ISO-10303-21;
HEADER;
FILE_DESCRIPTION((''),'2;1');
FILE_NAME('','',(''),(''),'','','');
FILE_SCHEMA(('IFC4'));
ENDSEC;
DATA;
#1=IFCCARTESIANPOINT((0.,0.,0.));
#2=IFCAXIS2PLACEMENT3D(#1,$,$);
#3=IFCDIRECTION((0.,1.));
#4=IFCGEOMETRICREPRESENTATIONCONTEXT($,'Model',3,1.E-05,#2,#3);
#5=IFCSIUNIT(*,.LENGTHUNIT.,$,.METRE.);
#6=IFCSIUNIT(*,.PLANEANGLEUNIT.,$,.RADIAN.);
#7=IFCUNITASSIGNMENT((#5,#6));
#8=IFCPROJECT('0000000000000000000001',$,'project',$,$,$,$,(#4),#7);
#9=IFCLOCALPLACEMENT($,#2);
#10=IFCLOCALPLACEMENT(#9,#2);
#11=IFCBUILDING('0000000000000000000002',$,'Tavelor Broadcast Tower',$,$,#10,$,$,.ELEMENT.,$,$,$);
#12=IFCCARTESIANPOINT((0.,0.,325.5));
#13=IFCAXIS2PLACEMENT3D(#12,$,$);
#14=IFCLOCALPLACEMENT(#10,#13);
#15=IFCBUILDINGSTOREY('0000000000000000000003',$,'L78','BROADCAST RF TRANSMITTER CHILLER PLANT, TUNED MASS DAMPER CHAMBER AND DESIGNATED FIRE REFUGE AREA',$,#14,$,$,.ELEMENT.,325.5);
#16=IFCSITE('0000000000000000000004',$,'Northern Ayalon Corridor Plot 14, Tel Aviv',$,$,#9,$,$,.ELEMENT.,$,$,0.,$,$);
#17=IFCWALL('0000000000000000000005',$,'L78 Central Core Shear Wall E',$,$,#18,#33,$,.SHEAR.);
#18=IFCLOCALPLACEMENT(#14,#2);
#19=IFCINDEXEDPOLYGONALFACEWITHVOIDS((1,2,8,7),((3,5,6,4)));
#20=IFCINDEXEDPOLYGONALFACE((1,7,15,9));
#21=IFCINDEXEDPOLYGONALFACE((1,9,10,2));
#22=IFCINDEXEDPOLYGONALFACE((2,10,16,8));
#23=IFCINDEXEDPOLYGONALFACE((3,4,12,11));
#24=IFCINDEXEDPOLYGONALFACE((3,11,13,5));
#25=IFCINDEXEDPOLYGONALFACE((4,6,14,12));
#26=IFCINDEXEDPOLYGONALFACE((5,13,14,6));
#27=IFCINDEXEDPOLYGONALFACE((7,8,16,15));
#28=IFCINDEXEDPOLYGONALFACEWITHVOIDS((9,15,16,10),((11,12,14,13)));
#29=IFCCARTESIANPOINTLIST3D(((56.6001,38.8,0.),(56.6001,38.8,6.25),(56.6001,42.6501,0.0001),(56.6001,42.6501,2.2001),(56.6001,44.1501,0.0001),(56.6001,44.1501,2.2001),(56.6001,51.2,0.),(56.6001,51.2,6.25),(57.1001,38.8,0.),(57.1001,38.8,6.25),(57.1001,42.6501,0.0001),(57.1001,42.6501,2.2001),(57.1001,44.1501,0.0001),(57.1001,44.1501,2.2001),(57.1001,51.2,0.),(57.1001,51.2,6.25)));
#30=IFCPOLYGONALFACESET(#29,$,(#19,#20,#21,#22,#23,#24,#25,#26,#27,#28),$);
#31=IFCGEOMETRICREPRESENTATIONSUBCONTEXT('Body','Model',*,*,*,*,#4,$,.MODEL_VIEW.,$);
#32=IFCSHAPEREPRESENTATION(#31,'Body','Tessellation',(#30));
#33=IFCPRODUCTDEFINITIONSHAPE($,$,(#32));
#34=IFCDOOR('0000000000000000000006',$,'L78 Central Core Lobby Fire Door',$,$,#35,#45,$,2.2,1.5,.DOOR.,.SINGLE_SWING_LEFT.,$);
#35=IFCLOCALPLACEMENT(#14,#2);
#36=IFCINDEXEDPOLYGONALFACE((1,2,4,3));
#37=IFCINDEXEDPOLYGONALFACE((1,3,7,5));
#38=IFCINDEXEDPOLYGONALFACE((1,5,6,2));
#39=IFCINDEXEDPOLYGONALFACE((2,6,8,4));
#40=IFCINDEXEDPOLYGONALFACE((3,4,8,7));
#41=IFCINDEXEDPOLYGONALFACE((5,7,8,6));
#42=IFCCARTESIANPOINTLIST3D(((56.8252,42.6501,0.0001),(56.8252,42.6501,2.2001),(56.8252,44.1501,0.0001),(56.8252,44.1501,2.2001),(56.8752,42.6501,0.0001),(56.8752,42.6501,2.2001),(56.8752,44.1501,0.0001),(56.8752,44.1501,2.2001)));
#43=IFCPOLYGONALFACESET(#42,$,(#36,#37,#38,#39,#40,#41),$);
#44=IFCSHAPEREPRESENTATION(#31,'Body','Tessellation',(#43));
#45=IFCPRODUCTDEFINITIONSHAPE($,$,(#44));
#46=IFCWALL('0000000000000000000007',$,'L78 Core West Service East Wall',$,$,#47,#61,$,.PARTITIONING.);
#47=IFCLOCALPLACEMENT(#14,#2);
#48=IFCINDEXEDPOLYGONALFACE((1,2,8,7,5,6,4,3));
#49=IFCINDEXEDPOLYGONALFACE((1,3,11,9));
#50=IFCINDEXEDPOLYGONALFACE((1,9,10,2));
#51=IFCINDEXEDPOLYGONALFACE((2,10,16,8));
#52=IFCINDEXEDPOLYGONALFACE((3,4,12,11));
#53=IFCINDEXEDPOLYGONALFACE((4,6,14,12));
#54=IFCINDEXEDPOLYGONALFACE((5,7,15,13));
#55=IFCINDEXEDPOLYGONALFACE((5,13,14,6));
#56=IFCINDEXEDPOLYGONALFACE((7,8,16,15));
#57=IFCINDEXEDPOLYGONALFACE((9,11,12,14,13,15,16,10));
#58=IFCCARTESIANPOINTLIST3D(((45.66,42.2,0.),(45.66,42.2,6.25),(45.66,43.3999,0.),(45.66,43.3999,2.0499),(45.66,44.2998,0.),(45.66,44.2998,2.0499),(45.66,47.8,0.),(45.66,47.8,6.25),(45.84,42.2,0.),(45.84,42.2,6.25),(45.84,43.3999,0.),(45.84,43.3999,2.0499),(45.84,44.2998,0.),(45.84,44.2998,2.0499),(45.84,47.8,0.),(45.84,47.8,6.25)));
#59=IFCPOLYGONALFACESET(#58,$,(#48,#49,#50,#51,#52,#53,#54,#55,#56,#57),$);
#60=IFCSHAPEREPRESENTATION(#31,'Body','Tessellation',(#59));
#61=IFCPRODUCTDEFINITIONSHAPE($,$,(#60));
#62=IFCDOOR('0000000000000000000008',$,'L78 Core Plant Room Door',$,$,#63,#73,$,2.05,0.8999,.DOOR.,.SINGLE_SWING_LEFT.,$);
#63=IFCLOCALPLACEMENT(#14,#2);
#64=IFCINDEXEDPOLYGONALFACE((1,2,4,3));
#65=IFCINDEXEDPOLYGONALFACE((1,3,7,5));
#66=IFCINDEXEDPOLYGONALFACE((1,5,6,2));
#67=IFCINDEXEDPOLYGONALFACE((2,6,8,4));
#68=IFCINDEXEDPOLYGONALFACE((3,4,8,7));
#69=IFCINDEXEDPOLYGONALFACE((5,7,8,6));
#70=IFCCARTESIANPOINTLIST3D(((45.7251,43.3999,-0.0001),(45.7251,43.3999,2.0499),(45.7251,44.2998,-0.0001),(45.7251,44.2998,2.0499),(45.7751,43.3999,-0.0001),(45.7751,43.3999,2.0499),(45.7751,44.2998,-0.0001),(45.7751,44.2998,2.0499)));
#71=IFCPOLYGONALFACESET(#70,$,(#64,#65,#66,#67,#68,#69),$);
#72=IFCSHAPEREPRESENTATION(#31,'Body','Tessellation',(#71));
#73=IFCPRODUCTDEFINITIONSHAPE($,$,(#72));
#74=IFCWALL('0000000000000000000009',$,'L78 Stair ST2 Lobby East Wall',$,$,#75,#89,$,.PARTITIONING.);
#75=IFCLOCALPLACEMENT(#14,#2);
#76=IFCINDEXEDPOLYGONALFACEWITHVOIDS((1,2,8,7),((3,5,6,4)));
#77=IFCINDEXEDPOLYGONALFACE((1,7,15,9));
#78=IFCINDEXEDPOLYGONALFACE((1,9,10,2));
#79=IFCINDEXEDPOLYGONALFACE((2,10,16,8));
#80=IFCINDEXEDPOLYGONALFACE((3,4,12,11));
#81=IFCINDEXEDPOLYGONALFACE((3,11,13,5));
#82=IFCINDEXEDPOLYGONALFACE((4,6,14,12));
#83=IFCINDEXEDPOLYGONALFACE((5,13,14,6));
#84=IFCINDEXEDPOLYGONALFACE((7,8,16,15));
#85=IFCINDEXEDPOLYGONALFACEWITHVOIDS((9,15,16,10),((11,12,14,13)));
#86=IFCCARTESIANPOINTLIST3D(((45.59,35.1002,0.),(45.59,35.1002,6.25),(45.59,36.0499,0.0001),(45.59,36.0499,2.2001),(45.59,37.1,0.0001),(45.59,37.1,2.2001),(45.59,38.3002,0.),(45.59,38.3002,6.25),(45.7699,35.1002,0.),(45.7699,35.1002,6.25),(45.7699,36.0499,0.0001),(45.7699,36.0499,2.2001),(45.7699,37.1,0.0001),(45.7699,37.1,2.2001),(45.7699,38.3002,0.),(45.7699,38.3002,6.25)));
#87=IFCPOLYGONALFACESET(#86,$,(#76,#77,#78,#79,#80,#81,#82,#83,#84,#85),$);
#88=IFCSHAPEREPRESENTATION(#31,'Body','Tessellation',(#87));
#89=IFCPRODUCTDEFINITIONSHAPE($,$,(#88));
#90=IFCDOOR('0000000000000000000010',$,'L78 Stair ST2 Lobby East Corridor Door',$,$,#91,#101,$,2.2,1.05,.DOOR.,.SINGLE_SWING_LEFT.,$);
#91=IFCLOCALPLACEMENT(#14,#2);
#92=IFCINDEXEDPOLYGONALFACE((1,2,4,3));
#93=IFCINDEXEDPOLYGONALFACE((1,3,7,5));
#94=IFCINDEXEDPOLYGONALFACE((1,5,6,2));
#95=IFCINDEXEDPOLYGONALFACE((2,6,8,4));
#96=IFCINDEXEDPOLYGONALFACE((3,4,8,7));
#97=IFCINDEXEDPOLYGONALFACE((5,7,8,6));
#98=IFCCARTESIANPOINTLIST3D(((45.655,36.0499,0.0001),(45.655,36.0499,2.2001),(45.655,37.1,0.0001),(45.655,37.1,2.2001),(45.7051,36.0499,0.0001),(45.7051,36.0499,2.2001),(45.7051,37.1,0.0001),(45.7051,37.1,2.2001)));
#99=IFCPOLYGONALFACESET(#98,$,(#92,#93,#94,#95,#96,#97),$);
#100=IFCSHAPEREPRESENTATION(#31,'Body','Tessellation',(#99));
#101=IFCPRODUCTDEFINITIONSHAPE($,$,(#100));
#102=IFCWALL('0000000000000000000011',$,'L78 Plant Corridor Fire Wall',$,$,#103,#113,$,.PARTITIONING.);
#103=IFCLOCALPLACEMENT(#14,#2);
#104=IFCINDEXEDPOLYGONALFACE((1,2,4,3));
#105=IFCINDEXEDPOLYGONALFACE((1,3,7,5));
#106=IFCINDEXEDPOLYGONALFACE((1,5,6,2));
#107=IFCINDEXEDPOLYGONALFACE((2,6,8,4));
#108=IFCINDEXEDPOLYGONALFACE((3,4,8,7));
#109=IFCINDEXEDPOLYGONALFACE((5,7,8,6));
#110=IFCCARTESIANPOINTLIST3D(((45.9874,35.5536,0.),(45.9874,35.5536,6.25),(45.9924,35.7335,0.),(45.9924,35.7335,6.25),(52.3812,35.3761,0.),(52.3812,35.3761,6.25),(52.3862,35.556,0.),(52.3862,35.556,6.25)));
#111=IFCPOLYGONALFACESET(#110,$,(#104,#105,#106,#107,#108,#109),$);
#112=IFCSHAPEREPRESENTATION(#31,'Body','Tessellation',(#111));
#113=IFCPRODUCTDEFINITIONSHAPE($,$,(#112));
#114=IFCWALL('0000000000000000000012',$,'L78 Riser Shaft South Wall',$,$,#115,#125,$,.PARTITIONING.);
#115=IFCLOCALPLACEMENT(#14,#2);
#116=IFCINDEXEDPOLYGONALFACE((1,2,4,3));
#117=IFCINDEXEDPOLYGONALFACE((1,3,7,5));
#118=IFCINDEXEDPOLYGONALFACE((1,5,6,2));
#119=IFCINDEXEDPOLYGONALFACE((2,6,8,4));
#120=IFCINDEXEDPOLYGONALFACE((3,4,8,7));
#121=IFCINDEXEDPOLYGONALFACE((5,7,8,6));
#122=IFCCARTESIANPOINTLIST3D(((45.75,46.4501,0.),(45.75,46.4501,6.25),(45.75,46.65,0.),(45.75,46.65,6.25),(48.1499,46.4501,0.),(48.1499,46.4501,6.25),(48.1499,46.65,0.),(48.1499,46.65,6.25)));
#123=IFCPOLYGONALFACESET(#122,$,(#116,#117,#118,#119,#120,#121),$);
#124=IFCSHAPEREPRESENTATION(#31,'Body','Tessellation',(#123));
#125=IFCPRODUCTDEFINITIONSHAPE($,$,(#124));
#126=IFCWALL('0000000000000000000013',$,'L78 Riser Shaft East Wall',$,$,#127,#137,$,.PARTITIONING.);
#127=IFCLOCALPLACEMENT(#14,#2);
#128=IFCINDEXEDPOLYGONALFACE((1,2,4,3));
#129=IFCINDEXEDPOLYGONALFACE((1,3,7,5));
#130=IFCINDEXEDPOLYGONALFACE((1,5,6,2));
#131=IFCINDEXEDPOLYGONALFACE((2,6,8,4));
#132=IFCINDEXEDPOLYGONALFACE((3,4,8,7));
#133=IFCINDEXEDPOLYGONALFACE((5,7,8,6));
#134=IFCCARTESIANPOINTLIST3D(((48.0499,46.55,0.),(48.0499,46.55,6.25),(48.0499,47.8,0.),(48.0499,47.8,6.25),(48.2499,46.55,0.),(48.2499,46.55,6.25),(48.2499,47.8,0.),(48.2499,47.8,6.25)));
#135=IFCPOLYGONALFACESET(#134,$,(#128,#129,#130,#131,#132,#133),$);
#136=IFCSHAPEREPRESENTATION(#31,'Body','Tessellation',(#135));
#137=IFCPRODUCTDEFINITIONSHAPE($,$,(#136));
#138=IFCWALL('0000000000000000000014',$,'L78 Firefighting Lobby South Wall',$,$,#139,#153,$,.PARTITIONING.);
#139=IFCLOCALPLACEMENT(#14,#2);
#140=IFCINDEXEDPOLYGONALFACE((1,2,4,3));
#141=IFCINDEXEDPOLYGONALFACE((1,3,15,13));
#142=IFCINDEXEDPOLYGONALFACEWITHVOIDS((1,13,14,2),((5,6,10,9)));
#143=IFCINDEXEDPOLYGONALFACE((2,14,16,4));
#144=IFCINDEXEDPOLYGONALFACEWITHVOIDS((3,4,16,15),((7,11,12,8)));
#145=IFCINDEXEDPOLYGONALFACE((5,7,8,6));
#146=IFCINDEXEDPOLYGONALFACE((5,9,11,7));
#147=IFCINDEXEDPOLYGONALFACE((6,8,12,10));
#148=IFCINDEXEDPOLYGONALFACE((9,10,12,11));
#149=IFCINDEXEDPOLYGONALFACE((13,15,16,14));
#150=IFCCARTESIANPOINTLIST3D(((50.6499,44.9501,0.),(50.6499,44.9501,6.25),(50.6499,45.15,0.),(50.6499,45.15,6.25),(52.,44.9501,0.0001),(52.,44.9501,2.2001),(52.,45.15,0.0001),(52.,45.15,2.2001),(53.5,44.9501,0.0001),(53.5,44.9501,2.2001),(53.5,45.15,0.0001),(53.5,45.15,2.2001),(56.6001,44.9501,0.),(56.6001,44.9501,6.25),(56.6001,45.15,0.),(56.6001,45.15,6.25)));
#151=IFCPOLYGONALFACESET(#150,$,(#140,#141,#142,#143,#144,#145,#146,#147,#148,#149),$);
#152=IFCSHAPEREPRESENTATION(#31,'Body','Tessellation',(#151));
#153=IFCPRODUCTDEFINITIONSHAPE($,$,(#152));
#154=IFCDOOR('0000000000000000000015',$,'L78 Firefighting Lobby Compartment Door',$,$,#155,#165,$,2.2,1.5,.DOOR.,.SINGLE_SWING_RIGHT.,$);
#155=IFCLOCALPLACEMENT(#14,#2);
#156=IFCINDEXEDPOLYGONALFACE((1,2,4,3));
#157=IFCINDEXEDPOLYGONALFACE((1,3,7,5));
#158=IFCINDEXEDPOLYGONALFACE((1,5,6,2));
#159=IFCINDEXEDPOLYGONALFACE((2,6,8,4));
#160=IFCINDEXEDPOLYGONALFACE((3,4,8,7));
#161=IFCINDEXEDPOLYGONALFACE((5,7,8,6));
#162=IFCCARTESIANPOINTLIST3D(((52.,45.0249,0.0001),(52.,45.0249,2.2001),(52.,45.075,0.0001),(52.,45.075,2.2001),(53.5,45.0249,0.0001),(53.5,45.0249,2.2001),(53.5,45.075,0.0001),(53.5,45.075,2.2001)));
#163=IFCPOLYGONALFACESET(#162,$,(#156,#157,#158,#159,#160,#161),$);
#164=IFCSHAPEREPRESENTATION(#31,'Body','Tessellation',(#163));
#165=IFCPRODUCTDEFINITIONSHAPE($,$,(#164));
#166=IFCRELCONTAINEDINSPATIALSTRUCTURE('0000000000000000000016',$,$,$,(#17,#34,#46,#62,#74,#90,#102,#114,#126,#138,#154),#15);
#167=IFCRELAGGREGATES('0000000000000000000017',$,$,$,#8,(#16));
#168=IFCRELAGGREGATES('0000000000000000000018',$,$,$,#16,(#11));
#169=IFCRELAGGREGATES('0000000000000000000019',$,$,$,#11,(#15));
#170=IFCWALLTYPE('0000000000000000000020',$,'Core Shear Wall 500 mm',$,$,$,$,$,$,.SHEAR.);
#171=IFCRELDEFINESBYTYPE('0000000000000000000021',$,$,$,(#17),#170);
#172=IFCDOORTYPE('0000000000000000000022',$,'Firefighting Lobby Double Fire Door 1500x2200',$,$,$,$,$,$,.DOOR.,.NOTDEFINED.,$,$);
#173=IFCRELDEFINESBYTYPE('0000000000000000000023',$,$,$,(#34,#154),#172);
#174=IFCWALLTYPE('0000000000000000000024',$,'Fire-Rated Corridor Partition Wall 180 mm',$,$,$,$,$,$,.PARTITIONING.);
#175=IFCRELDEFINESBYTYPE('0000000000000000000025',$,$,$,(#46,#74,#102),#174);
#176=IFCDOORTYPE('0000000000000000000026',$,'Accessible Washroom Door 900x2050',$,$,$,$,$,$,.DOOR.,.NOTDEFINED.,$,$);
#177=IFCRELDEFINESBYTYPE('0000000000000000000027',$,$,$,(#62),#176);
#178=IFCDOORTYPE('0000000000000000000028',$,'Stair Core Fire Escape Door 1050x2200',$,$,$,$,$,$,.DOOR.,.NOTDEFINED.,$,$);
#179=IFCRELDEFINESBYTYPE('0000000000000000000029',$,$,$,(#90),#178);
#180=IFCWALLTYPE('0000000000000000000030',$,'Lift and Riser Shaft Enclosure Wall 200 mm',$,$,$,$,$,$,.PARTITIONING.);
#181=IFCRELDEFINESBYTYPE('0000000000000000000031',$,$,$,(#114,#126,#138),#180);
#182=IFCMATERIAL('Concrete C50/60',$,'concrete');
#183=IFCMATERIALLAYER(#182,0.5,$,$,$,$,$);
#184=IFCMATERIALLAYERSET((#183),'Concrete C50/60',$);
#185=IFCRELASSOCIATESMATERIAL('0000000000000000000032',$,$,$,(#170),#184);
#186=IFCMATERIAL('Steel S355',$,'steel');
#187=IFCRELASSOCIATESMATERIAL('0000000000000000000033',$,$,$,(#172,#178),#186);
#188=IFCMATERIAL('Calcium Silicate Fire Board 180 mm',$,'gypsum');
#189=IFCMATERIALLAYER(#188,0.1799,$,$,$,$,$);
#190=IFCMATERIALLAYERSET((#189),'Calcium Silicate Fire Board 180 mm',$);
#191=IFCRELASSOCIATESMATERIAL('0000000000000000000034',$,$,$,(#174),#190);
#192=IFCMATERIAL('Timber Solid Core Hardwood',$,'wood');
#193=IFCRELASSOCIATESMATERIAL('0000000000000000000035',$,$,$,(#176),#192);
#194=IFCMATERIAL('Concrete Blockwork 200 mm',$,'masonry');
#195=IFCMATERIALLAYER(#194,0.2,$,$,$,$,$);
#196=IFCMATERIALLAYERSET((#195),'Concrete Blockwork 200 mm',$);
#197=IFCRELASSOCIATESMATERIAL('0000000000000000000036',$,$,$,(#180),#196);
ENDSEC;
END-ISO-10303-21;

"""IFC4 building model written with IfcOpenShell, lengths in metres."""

from ifc_helpers import new_model, si_unit, direction, frame, frame_2d, origin, place, context, subcontext, project, spatial, rectangle, extrude, material, layer, layer_set, type_object, element, fill, save


model = new_model("IFC4")

# Units and contexts
model_context = context("Model", 3, precision=1e-05, world=origin(), true_north=direction((0.0, 1.0)))
body_context = subcontext(model_context, "Body", "Model", "MODEL_VIEW")
ifc_project = project(units=[si_unit("LENGTHUNIT", "METRE"), si_unit("PLANEANGLEUNIT", "RADIAN")], contexts=[model_context])

# Site, building, storey
site_placement = place(None, origin())
site = spatial("IfcSite", under=ifc_project, at=site_placement, Name="Northern Ayalon Corridor Plot 14, Tel Aviv", CompositionType="ELEMENT", RefElevation=0.0)
building_placement = place(site_placement, origin())
building = spatial("IfcBuilding", under=site, at=building_placement, Name="Tavelor Broadcast Tower", CompositionType="ELEMENT")
storey_placement = place(building_placement, frame((0.0, 0.0, 325.5)))
storey = spatial("IfcBuildingStorey", under=building, at=storey_placement, Name="L78", Description="BROADCAST RF TRANSMITTER CHILLER PLANT, TUNED MASS DAMPER CHAMBER AND DESIGNATED FIRE REFUGE AREA", CompositionType="ELEMENT", Elevation=325.5)

# Shared definitions
ifc_material_1 = material(Name="Concrete C50/60", Category="concrete")

# Walls, openings, doors
ifc_layer_1 = layer(ifc_material_1, 0.5)
ifc_layer_set_1 = layer_set([ifc_layer_1], Name="Concrete C50/60")
wall_type_1 = type_object("IfcWallType", Name="Core Shear Wall 500 mm", PredefinedType="SHEAR", material=ifc_layer_set_1)
wall_1_placement = place(storey_placement, frame((56.8501, 38.8, 0.0), z_axis=(0.0, 0.0, 1.0), x_axis=(0.0, 1.0, 0.0)))
wall_1 = element("IfcWall", 1, at=wall_1_placement, inside=storey, type_object=wall_type_1, Name="L78 Central Core Shear Wall E", PredefinedType="SHEAR", context=body_context, shape_type="SweptSolid", body=[
    extrude(rectangle(XDim=12.3999, YDim=0.5, at=frame_2d((6.2, 0.0))), origin(), (0.0, 0.0, 1.0), 6.25),
])
opening_1_placement = place(wall_1_placement, frame((3.8501, 0.0, 0.0)))
opening_1 = element("IfcOpeningElement", 2, at=opening_1_placement, cuts=wall_1, PredefinedType="OPENING", context=body_context, shape_type="SweptSolid", body=[
    extrude(rectangle(XDim=1.5, YDim=2.2, at=frame_2d((0.75, 1.1001))), frame((0.0, 0.26, 0.0), z_axis=(0.0, -1.0, 0.0), x_axis=(1.0, 0.0, 0.0)), (0.0, 0.0, 1.0), 0.52),
])
ifc_material_2 = material(Name="Steel S355", Category="steel")
door_type_1 = type_object("IfcDoorType", Name="Firefighting Lobby Double Fire Door 1500x2200", OperationType="NOTDEFINED", PredefinedType="DOOR", material=ifc_material_2)
door_1_placement = place(opening_1_placement, origin())
door_1 = element("IfcDoor", 3, at=door_1_placement, inside=storey, type_object=door_type_1, Name="L78 Central Core Lobby Fire Door", OperationType="SINGLE_SWING_LEFT", OverallHeight=2.2, OverallWidth=1.5, PredefinedType="DOOR", context=body_context, shape_type="SweptSolid", body=[
    extrude(rectangle(XDim=1.5, YDim=2.2, at=frame_2d((0.75, 1.1001))), frame((0.0, 0.0249, 0.0), z_axis=(0.0, -1.0, 0.0), x_axis=(1.0, 0.0, 0.0)), (0.0, 0.0, 1.0), 0.05),
])
fill(opening_1, door_1)
ifc_material_3 = material(Name="Calcium Silicate Fire Board 180 mm", Category="gypsum")
ifc_layer_2 = layer(ifc_material_3, 0.1799)
ifc_layer_set_2 = layer_set([ifc_layer_2], Name="Calcium Silicate Fire Board 180 mm")
wall_type_2 = type_object("IfcWallType", Name="Fire-Rated Corridor Partition Wall 180 mm", PredefinedType="PARTITIONING", material=ifc_layer_set_2)
wall_2_placement = place(storey_placement, frame((45.75, 42.2, 0.0), z_axis=(0.0, 0.0, 1.0), x_axis=(0.0, 1.0, 0.0)))
wall_2 = element("IfcWall", 4, at=wall_2_placement, inside=storey, type_object=wall_type_2, Name="L78 Core West Service East Wall", PredefinedType="PARTITIONING", context=body_context, shape_type="SweptSolid", body=[
    extrude(rectangle(XDim=5.6001, YDim=0.1799, at=frame_2d((2.8, 0.0))), origin(), (0.0, 0.0, 1.0), 6.25),
])
opening_2_placement = place(wall_2_placement, frame((1.2, 0.0, 0.0)))
opening_2 = element("IfcOpeningElement", 5, at=opening_2_placement, cuts=wall_2, PredefinedType="OPENING", context=body_context, shape_type="SweptSolid", body=[
    extrude(rectangle(XDim=0.8999, YDim=2.05, at=frame_2d((0.45, 1.0249))), frame((0.0, 0.1001, 0.0), z_axis=(0.0, -1.0, 0.0), x_axis=(1.0, 0.0, 0.0)), (0.0, 0.0, 1.0), 0.2),
])
ifc_material_4 = material(Name="Timber Solid Core Hardwood", Category="wood")
door_type_2 = type_object("IfcDoorType", Name="Accessible Washroom Door 900x2050", OperationType="NOTDEFINED", PredefinedType="DOOR", material=ifc_material_4)
door_2_placement = place(opening_2_placement, origin())
door_2 = element("IfcDoor", 6, at=door_2_placement, inside=storey, type_object=door_type_2, Name="L78 Core Plant Room Door", OperationType="SINGLE_SWING_LEFT", OverallHeight=2.05, OverallWidth=0.8999, PredefinedType="DOOR", context=body_context, shape_type="SweptSolid", body=[
    extrude(rectangle(XDim=0.8999, YDim=2.05, at=frame_2d((0.45, 1.0249))), frame((0.0, 0.0249, 0.0), z_axis=(0.0, -1.0, 0.0), x_axis=(1.0, 0.0, 0.0)), (0.0, 0.0, 1.0), 0.05),
])
fill(opening_2, door_2)
wall_3_placement = place(storey_placement, frame((45.6799, 35.1001, 0.0), z_axis=(0.0, 0.0, 1.0), x_axis=(0.0, 1.0, 0.0)))
wall_3 = element("IfcWall", 7, at=wall_3_placement, inside=storey, type_object=wall_type_2, Name="L78 Stair ST2 Lobby East Wall", PredefinedType="PARTITIONING", context=body_context, shape_type="SweptSolid", body=[
    extrude(rectangle(XDim=3.2, YDim=0.1799, at=frame_2d((1.6001, 0.0))), origin(), (0.0, 0.0, 1.0), 6.25),
])
opening_3_placement = place(wall_3_placement, frame((0.95, 0.0, 0.0)))
opening_3 = element("IfcOpeningElement", 8, at=opening_3_placement, cuts=wall_3, PredefinedType="OPENING", context=body_context, shape_type="SweptSolid", body=[
    extrude(rectangle(XDim=1.05, YDim=2.2, at=frame_2d((0.5249, 1.1001))), frame((0.0, 0.1001, 0.0), z_axis=(0.0, -1.0, 0.0), x_axis=(1.0, 0.0, 0.0)), (0.0, 0.0, 1.0), 0.2),
])
door_type_3 = type_object("IfcDoorType", Name="Stair Core Fire Escape Door 1050x2200", OperationType="NOTDEFINED", PredefinedType="DOOR", material=ifc_material_2)
door_3_placement = place(opening_3_placement, origin())
door_3 = element("IfcDoor", 9, at=door_3_placement, inside=storey, type_object=door_type_3, Name="L78 Stair ST2 Lobby East Corridor Door", OperationType="SINGLE_SWING_LEFT", OverallHeight=2.2, OverallWidth=1.05, PredefinedType="DOOR", context=body_context, shape_type="SweptSolid", body=[
    extrude(rectangle(XDim=1.05, YDim=2.2, at=frame_2d((0.5249, 1.1001))), frame((0.0, 0.0249, 0.0), z_axis=(0.0, -1.0, 0.0), x_axis=(1.0, 0.0, 0.0)), (0.0, 0.0, 1.0), 0.05),
])
fill(opening_3, door_3)

# Walls
wall_4_placement = place(storey_placement, frame((52.3838, 35.4661, 0.0), z_axis=(0.0, 0.0, 1.0), x_axis=(-0.999615, 0.027749, 0.0)))
element("IfcWall", 10, at=wall_4_placement, inside=storey, type_object=wall_type_2, Name="L78 Plant Corridor Fire Wall", PredefinedType="PARTITIONING", context=body_context, shape_type="SweptSolid", body=[
    extrude(rectangle(XDim=6.3962, YDim=0.1799, at=frame_2d((3.1982, 0.0))), origin(), (0.0, 0.0, 1.0), 6.25),
])
ifc_material_5 = material(Name="Concrete Blockwork 200 mm", Category="masonry")
ifc_layer_3 = layer(ifc_material_5, 0.2)
ifc_layer_set_3 = layer_set([ifc_layer_3], Name="Concrete Blockwork 200 mm")
wall_type_3 = type_object("IfcWallType", Name="Lift and Riser Shaft Enclosure Wall 200 mm", PredefinedType="PARTITIONING", material=ifc_layer_set_3)
wall_5_placement = place(storey_placement, frame((45.75, 46.55, 0.0), z_axis=(0.0, 0.0, 1.0), x_axis=(1.0, 0.0, 0.0)))
element("IfcWall", 11, at=wall_5_placement, inside=storey, type_object=wall_type_3, Name="L78 Riser Shaft South Wall", PredefinedType="PARTITIONING", context=body_context, shape_type="SweptSolid", body=[
    extrude(rectangle(XDim=2.3999, YDim=0.2, at=frame_2d((1.2, 0.0))), origin(), (0.0, 0.0, 1.0), 6.25),
])
wall_6_placement = place(storey_placement, frame((48.1499, 46.55, 0.0), z_axis=(0.0, 0.0, 1.0), x_axis=(0.0, 1.0, 0.0)))
element("IfcWall", 12, at=wall_6_placement, inside=storey, type_object=wall_type_3, Name="L78 Riser Shaft East Wall", PredefinedType="PARTITIONING", context=body_context, shape_type="SweptSolid", body=[
    extrude(rectangle(XDim=1.25, YDim=0.2, at=frame_2d((0.625, 0.0))), origin(), (0.0, 0.0, 1.0), 6.25),
])

# Wall, opening, door
wall_7_placement = place(storey_placement, frame((50.6499, 45.05, 0.0), z_axis=(0.0, 0.0, 1.0), x_axis=(1.0, 0.0, 0.0)))
wall_7 = element("IfcWall", 13, at=wall_7_placement, inside=storey, type_object=wall_type_3, Name="L78 Firefighting Lobby South Wall", PredefinedType="PARTITIONING", context=body_context, shape_type="SweptSolid", body=[
    extrude(rectangle(XDim=5.9502, YDim=0.2, at=frame_2d((2.9751, 0.0))), origin(), (0.0, 0.0, 1.0), 6.25),
])
opening_4_placement = place(wall_7_placement, frame((1.3501, 0.0, 0.0)))
opening_4 = element("IfcOpeningElement", 14, at=opening_4_placement, cuts=wall_7, PredefinedType="OPENING", context=body_context, shape_type="SweptSolid", body=[
    extrude(rectangle(XDim=1.5, YDim=2.2, at=frame_2d((0.75, 1.1001))), frame((0.0, 0.1099, 0.0), z_axis=(0.0, -1.0, 0.0), x_axis=(1.0, 0.0, 0.0)), (0.0, 0.0, 1.0), 0.22),
])
door_4_placement = place(opening_4_placement, origin())
door_4 = element("IfcDoor", 15, at=door_4_placement, inside=storey, type_object=door_type_1, Name="L78 Firefighting Lobby Compartment Door", OperationType="SINGLE_SWING_RIGHT", OverallHeight=2.2, OverallWidth=1.5, PredefinedType="DOOR", context=body_context, shape_type="SweptSolid", body=[
    extrude(rectangle(XDim=1.5, YDim=2.2, at=frame_2d((0.75, 1.1001))), frame((0.0, 0.0249, 0.0), z_axis=(0.0, -1.0, 0.0), x_axis=(1.0, 0.0, 0.0)), (0.0, 0.0, 1.0), 0.05),
])
fill(opening_4, door_4)

save(model, "model.ifc")
